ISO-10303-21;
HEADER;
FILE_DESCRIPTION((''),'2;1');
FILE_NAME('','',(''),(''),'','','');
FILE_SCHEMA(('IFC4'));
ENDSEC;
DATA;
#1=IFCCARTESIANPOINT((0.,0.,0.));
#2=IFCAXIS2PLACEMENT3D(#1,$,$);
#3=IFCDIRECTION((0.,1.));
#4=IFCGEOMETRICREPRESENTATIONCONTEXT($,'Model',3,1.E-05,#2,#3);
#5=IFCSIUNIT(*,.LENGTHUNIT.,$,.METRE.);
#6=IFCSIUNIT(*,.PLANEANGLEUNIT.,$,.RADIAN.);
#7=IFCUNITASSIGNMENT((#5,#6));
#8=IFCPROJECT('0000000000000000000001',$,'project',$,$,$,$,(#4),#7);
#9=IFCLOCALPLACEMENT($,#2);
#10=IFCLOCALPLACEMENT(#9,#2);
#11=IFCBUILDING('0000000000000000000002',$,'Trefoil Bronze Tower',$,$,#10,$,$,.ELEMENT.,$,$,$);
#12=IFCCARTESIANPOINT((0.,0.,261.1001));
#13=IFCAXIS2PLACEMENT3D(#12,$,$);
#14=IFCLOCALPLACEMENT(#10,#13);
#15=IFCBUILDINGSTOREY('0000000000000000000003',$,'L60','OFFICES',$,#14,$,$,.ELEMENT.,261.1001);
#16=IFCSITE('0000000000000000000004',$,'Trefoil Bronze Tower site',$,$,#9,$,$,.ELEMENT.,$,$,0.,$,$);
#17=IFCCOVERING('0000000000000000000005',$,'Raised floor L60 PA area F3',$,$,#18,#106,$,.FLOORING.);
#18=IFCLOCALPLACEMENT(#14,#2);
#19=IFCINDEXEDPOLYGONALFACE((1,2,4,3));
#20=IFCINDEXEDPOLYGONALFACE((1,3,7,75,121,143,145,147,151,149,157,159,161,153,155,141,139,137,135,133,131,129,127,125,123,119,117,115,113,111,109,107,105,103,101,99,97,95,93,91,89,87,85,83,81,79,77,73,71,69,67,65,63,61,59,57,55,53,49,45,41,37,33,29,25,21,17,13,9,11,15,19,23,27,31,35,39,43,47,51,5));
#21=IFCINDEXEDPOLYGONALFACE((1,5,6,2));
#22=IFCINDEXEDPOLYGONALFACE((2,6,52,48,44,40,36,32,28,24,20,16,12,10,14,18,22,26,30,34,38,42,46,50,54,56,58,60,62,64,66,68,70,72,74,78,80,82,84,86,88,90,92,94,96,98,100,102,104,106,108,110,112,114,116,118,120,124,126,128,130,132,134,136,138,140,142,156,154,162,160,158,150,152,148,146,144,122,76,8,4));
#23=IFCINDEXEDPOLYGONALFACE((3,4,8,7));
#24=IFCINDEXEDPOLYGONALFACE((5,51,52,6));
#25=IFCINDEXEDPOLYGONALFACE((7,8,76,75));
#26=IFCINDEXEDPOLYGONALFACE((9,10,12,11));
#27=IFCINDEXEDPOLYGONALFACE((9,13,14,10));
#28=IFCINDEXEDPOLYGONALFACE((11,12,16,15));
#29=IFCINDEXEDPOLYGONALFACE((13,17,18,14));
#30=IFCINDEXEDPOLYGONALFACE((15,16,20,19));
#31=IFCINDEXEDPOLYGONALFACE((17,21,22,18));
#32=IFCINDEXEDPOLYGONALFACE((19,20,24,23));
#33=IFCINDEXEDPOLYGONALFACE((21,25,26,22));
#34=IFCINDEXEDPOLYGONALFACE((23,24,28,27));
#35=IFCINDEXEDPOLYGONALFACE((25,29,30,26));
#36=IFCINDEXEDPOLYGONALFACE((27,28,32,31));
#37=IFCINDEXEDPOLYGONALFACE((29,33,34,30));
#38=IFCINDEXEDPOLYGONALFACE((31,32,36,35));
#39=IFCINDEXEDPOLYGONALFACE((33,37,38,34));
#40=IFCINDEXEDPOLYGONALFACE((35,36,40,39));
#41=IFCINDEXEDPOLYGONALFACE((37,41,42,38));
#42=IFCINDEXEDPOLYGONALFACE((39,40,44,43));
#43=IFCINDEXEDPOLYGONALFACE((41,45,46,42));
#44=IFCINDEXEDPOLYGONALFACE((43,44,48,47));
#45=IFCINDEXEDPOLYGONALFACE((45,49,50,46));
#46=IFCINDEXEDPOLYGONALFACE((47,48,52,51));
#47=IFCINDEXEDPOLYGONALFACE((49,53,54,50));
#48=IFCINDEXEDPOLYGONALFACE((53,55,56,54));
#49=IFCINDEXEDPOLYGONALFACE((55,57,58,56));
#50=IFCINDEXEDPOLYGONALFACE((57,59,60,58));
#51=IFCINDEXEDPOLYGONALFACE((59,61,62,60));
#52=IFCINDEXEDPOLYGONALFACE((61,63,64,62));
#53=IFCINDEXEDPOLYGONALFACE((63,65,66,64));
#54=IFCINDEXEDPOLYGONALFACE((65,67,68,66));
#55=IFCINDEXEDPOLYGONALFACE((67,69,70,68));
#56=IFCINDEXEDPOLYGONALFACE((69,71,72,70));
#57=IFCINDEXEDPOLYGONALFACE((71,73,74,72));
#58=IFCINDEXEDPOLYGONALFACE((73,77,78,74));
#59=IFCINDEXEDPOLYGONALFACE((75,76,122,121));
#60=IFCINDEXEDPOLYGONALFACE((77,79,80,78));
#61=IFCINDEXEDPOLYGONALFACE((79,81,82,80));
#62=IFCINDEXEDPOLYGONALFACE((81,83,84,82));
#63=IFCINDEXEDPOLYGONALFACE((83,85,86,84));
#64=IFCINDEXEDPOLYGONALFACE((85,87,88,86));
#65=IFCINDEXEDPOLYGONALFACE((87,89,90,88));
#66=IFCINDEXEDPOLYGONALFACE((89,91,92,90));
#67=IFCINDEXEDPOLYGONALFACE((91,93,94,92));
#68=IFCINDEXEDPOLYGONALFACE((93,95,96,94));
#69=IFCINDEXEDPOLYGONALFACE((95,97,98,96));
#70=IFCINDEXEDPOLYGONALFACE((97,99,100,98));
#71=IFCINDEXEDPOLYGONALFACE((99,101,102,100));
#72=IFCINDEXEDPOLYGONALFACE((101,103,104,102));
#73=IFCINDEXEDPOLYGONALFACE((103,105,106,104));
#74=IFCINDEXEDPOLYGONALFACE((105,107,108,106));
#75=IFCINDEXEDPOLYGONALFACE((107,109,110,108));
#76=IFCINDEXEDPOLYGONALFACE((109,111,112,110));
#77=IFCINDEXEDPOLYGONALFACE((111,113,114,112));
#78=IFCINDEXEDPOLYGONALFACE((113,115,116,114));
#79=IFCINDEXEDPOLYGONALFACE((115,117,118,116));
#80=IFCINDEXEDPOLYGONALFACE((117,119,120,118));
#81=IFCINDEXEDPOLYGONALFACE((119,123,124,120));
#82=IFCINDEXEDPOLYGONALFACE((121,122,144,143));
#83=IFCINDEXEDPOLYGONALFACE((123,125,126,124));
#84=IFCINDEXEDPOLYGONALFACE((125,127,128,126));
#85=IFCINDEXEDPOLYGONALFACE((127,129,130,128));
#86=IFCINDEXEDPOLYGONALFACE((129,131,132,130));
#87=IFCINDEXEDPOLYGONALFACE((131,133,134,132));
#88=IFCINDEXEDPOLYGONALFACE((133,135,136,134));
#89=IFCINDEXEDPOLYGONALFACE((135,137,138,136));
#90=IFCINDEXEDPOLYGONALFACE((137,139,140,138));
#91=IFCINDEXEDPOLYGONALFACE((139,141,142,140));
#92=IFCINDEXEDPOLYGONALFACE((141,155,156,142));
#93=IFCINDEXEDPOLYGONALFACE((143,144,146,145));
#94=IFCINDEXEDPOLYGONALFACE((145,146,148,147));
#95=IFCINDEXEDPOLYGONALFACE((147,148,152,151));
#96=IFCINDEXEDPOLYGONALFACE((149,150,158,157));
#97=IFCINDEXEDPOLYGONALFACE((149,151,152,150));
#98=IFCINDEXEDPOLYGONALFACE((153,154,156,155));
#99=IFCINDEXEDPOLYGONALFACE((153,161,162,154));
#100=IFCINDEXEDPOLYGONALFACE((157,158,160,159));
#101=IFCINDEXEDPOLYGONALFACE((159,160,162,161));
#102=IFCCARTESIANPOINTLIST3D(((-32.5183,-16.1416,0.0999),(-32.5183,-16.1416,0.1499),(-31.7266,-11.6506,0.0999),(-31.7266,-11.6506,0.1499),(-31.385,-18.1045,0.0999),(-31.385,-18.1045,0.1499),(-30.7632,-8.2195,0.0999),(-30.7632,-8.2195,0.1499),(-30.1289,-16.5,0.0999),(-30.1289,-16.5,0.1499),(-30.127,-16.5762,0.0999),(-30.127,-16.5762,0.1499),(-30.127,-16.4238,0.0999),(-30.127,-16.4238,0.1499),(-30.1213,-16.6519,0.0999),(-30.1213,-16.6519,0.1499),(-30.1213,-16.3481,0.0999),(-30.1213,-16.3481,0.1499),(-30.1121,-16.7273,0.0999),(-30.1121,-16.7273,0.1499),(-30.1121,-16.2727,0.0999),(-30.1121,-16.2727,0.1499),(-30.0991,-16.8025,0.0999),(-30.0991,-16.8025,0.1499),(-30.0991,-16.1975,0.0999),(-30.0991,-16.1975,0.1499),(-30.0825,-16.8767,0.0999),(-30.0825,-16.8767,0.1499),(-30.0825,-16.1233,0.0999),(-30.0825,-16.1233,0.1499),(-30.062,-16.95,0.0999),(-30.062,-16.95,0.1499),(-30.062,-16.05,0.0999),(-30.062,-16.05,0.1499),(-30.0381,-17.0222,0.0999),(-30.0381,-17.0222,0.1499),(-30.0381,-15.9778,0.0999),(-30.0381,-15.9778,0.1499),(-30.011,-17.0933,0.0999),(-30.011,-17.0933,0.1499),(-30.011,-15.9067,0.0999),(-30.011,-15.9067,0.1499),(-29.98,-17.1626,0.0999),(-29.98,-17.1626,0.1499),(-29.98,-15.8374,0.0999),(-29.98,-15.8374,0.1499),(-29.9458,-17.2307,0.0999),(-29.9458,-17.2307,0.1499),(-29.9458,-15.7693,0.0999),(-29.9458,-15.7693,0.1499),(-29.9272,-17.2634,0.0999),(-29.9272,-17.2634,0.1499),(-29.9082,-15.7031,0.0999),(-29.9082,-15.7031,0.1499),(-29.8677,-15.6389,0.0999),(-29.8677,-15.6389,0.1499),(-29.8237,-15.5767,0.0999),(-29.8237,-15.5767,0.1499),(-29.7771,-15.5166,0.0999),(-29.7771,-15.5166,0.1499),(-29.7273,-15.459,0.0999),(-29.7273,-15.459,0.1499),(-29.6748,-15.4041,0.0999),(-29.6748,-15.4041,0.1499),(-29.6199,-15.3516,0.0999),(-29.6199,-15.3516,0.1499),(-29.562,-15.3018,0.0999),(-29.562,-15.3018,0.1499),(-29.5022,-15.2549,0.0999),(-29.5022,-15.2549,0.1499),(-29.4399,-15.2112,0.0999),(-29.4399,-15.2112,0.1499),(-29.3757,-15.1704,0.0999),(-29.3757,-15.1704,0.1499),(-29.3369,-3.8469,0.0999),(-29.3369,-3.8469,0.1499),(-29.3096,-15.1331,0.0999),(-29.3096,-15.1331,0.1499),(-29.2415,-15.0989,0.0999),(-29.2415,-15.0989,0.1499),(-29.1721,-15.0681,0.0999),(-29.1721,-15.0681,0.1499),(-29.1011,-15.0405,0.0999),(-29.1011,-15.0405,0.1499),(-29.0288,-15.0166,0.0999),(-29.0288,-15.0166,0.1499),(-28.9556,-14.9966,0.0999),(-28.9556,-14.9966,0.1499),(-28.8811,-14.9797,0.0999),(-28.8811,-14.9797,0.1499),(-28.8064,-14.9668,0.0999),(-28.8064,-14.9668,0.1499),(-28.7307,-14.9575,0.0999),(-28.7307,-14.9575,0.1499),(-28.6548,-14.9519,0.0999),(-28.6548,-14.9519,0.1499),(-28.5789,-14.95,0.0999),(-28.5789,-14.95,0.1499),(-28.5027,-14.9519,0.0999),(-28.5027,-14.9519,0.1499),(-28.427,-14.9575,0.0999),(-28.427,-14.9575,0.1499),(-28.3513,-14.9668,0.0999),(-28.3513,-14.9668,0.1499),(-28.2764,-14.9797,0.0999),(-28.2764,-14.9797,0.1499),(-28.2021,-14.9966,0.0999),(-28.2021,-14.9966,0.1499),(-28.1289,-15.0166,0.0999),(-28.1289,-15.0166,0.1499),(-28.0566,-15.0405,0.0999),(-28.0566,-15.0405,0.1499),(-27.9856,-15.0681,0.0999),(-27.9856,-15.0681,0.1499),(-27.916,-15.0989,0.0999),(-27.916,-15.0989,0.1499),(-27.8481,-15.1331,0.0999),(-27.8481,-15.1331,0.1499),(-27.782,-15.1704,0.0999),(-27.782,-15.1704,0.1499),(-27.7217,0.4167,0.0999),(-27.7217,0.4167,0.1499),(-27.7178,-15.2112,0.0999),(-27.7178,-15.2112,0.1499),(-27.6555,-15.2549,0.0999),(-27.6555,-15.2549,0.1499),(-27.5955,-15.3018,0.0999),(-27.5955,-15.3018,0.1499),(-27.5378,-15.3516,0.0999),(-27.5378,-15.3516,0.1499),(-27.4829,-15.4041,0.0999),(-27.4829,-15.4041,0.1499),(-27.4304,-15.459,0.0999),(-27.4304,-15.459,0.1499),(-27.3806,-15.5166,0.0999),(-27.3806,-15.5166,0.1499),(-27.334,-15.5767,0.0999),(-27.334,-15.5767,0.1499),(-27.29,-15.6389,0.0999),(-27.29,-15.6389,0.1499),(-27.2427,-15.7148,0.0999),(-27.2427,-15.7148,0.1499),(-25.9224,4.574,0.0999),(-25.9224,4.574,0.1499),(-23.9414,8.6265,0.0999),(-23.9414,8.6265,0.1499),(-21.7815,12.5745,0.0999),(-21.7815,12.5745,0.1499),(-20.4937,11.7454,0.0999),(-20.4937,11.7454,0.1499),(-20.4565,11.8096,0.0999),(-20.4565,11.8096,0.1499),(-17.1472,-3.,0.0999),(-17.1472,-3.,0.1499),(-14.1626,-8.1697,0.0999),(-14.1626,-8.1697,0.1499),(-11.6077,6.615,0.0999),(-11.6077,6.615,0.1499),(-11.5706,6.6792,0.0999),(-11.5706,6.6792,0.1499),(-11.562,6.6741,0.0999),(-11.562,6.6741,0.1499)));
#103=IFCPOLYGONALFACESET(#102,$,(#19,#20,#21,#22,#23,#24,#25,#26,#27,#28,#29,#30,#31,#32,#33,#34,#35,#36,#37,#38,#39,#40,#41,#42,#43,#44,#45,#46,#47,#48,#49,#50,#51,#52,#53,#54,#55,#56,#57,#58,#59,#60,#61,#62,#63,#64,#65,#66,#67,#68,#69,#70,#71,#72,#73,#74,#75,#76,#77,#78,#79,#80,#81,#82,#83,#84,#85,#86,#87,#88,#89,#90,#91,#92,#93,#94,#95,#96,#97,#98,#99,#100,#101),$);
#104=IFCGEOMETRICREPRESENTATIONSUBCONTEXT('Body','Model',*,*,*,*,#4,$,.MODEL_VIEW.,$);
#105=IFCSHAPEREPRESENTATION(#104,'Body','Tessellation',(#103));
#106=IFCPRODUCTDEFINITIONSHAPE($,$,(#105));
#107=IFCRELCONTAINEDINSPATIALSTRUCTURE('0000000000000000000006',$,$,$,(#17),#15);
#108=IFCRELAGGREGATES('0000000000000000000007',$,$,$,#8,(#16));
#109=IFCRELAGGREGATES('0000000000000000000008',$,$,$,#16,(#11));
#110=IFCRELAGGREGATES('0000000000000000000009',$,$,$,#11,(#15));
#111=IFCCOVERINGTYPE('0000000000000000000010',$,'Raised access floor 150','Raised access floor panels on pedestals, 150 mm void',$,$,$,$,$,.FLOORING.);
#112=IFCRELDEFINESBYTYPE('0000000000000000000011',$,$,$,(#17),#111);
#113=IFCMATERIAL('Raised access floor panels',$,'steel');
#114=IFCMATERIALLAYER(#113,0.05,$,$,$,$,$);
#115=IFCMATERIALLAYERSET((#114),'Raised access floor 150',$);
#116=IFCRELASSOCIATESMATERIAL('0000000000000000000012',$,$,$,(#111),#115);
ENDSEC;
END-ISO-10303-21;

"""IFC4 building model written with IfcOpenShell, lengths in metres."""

from ifc_helpers import new_model, si_unit, direction, frame, origin, place, context, subcontext, project, spatial, polyline, outline, extrude, material, layer, layer_set, type_object, element, save


model = new_model("IFC4")

# Units and contexts
model_context = context("Model", 3, precision=1e-05, world=origin(), true_north=direction((0.0, 1.0)))
body_context = subcontext(model_context, "Body", "Model", "MODEL_VIEW")
ifc_project = project(units=[si_unit("LENGTHUNIT", "METRE"), si_unit("PLANEANGLEUNIT", "RADIAN")], contexts=[model_context])

# Site, building, storey
site_placement = place(None, origin())
site = spatial("IfcSite", under=ifc_project, at=site_placement, Name="Trefoil Bronze Tower site", CompositionType="ELEMENT", RefElevation=0.0)
building_placement = place(site_placement, origin())
building = spatial("IfcBuilding", under=site, at=building_placement, Name="Trefoil Bronze Tower", CompositionType="ELEMENT")
storey_placement = place(building_placement, frame((0.0, 0.0, 261.1001)))
storey = spatial("IfcBuildingStorey", under=building, at=storey_placement, Name="L60", Description="OFFICES", CompositionType="ELEMENT", Elevation=261.1001)

# Covering
ifc_material_1 = material(Name="Raised access floor panels", Category="steel")
ifc_layer_1 = layer(ifc_material_1, 0.05)
ifc_layer_set_1 = layer_set([ifc_layer_1], Name="Raised access floor 150")
covering_type_1 = type_object("IfcCoveringType", Name="Raised access floor 150", Description="Raised access floor panels on pedestals, 150 mm void", PredefinedType="FLOORING", material=ifc_layer_set_1)
covering_1_placement = place(storey_placement, frame((0.0, 0.0, 0.0999)))
element("IfcCovering", 1, at=covering_1_placement, inside=storey, type_object=covering_type_1, Name="Raised floor L60 PA area F3", PredefinedType="FLOORING", context=body_context, shape_type="SweptSolid", body=[
    extrude(outline(polyline([(-25.9224, 4.574), (-23.9414, 8.6265), (-21.7815, 12.5745), (-20.4565, 11.8096), (-20.4937, 11.7454), (-11.6077, 6.615), (-11.5706, 6.6792), (-11.562, 6.6741), (-17.1472, -3.0), (-14.1626, -8.1697), (-27.2427, -15.7148), (-27.29, -15.6389), (-27.334, -15.5767), (-27.3806, -15.5166), (-27.4304, -15.459), (-27.4829, -15.4041), (-27.5378, -15.3516), (-27.5955, -15.3018), (-27.6555, -15.2549), (-27.7178, -15.2112), (-27.782, -15.1704), (-27.8481, -15.1331), (-27.916, -15.0989), (-27.9856, -15.0681), (-28.0566, -15.0405), (-28.1289, -15.0166), (-28.2021, -14.9966), (-28.2764, -14.9797), (-28.3513, -14.9668), (-28.427, -14.9575), (-28.5027, -14.9519), (-28.5789, -14.95), (-28.6548, -14.9519), (-28.7307, -14.9575), (-28.8064, -14.9668), (-28.8811, -14.9797), (-28.9556, -14.9966), (-29.0288, -15.0166), (-29.1011, -15.0405), (-29.1721, -15.0681), (-29.2415, -15.0989), (-29.3096, -15.1331), (-29.3757, -15.1704), (-29.4399, -15.2112), (-29.5022, -15.2549), (-29.562, -15.3018), (-29.6199, -15.3516), (-29.6748, -15.4041), (-29.7273, -15.459), (-29.7771, -15.5166), (-29.8237, -15.5767), (-29.8677, -15.6389), (-29.9082, -15.7031), (-29.9458, -15.7693), (-29.98, -15.8374), (-30.011, -15.9067), (-30.0381, -15.9778), (-30.062, -16.05), (-30.0825, -16.1233), (-30.0991, -16.1975), (-30.1121, -16.2727), (-30.1213, -16.3481), (-30.127, -16.4238), (-30.1289, -16.5), (-30.127, -16.5762), (-30.1213, -16.6519), (-30.1121, -16.7273), (-30.0991, -16.8025), (-30.0825, -16.8767), (-30.062, -16.95), (-30.0381, -17.0222), (-30.011, -17.0933), (-29.98, -17.1626), (-29.9458, -17.2307), (-29.9272, -17.2634), (-31.385, -18.1045), (-32.5183, -16.1416), (-31.7266, -11.6506), (-30.7632, -8.2195), (-29.3369, -3.8469), (-27.7217, 0.4167), (-25.9224, 4.574)])), origin(), (0.0, 0.0, 1.0), 0.05),
])

save(model, "model.ifc")
